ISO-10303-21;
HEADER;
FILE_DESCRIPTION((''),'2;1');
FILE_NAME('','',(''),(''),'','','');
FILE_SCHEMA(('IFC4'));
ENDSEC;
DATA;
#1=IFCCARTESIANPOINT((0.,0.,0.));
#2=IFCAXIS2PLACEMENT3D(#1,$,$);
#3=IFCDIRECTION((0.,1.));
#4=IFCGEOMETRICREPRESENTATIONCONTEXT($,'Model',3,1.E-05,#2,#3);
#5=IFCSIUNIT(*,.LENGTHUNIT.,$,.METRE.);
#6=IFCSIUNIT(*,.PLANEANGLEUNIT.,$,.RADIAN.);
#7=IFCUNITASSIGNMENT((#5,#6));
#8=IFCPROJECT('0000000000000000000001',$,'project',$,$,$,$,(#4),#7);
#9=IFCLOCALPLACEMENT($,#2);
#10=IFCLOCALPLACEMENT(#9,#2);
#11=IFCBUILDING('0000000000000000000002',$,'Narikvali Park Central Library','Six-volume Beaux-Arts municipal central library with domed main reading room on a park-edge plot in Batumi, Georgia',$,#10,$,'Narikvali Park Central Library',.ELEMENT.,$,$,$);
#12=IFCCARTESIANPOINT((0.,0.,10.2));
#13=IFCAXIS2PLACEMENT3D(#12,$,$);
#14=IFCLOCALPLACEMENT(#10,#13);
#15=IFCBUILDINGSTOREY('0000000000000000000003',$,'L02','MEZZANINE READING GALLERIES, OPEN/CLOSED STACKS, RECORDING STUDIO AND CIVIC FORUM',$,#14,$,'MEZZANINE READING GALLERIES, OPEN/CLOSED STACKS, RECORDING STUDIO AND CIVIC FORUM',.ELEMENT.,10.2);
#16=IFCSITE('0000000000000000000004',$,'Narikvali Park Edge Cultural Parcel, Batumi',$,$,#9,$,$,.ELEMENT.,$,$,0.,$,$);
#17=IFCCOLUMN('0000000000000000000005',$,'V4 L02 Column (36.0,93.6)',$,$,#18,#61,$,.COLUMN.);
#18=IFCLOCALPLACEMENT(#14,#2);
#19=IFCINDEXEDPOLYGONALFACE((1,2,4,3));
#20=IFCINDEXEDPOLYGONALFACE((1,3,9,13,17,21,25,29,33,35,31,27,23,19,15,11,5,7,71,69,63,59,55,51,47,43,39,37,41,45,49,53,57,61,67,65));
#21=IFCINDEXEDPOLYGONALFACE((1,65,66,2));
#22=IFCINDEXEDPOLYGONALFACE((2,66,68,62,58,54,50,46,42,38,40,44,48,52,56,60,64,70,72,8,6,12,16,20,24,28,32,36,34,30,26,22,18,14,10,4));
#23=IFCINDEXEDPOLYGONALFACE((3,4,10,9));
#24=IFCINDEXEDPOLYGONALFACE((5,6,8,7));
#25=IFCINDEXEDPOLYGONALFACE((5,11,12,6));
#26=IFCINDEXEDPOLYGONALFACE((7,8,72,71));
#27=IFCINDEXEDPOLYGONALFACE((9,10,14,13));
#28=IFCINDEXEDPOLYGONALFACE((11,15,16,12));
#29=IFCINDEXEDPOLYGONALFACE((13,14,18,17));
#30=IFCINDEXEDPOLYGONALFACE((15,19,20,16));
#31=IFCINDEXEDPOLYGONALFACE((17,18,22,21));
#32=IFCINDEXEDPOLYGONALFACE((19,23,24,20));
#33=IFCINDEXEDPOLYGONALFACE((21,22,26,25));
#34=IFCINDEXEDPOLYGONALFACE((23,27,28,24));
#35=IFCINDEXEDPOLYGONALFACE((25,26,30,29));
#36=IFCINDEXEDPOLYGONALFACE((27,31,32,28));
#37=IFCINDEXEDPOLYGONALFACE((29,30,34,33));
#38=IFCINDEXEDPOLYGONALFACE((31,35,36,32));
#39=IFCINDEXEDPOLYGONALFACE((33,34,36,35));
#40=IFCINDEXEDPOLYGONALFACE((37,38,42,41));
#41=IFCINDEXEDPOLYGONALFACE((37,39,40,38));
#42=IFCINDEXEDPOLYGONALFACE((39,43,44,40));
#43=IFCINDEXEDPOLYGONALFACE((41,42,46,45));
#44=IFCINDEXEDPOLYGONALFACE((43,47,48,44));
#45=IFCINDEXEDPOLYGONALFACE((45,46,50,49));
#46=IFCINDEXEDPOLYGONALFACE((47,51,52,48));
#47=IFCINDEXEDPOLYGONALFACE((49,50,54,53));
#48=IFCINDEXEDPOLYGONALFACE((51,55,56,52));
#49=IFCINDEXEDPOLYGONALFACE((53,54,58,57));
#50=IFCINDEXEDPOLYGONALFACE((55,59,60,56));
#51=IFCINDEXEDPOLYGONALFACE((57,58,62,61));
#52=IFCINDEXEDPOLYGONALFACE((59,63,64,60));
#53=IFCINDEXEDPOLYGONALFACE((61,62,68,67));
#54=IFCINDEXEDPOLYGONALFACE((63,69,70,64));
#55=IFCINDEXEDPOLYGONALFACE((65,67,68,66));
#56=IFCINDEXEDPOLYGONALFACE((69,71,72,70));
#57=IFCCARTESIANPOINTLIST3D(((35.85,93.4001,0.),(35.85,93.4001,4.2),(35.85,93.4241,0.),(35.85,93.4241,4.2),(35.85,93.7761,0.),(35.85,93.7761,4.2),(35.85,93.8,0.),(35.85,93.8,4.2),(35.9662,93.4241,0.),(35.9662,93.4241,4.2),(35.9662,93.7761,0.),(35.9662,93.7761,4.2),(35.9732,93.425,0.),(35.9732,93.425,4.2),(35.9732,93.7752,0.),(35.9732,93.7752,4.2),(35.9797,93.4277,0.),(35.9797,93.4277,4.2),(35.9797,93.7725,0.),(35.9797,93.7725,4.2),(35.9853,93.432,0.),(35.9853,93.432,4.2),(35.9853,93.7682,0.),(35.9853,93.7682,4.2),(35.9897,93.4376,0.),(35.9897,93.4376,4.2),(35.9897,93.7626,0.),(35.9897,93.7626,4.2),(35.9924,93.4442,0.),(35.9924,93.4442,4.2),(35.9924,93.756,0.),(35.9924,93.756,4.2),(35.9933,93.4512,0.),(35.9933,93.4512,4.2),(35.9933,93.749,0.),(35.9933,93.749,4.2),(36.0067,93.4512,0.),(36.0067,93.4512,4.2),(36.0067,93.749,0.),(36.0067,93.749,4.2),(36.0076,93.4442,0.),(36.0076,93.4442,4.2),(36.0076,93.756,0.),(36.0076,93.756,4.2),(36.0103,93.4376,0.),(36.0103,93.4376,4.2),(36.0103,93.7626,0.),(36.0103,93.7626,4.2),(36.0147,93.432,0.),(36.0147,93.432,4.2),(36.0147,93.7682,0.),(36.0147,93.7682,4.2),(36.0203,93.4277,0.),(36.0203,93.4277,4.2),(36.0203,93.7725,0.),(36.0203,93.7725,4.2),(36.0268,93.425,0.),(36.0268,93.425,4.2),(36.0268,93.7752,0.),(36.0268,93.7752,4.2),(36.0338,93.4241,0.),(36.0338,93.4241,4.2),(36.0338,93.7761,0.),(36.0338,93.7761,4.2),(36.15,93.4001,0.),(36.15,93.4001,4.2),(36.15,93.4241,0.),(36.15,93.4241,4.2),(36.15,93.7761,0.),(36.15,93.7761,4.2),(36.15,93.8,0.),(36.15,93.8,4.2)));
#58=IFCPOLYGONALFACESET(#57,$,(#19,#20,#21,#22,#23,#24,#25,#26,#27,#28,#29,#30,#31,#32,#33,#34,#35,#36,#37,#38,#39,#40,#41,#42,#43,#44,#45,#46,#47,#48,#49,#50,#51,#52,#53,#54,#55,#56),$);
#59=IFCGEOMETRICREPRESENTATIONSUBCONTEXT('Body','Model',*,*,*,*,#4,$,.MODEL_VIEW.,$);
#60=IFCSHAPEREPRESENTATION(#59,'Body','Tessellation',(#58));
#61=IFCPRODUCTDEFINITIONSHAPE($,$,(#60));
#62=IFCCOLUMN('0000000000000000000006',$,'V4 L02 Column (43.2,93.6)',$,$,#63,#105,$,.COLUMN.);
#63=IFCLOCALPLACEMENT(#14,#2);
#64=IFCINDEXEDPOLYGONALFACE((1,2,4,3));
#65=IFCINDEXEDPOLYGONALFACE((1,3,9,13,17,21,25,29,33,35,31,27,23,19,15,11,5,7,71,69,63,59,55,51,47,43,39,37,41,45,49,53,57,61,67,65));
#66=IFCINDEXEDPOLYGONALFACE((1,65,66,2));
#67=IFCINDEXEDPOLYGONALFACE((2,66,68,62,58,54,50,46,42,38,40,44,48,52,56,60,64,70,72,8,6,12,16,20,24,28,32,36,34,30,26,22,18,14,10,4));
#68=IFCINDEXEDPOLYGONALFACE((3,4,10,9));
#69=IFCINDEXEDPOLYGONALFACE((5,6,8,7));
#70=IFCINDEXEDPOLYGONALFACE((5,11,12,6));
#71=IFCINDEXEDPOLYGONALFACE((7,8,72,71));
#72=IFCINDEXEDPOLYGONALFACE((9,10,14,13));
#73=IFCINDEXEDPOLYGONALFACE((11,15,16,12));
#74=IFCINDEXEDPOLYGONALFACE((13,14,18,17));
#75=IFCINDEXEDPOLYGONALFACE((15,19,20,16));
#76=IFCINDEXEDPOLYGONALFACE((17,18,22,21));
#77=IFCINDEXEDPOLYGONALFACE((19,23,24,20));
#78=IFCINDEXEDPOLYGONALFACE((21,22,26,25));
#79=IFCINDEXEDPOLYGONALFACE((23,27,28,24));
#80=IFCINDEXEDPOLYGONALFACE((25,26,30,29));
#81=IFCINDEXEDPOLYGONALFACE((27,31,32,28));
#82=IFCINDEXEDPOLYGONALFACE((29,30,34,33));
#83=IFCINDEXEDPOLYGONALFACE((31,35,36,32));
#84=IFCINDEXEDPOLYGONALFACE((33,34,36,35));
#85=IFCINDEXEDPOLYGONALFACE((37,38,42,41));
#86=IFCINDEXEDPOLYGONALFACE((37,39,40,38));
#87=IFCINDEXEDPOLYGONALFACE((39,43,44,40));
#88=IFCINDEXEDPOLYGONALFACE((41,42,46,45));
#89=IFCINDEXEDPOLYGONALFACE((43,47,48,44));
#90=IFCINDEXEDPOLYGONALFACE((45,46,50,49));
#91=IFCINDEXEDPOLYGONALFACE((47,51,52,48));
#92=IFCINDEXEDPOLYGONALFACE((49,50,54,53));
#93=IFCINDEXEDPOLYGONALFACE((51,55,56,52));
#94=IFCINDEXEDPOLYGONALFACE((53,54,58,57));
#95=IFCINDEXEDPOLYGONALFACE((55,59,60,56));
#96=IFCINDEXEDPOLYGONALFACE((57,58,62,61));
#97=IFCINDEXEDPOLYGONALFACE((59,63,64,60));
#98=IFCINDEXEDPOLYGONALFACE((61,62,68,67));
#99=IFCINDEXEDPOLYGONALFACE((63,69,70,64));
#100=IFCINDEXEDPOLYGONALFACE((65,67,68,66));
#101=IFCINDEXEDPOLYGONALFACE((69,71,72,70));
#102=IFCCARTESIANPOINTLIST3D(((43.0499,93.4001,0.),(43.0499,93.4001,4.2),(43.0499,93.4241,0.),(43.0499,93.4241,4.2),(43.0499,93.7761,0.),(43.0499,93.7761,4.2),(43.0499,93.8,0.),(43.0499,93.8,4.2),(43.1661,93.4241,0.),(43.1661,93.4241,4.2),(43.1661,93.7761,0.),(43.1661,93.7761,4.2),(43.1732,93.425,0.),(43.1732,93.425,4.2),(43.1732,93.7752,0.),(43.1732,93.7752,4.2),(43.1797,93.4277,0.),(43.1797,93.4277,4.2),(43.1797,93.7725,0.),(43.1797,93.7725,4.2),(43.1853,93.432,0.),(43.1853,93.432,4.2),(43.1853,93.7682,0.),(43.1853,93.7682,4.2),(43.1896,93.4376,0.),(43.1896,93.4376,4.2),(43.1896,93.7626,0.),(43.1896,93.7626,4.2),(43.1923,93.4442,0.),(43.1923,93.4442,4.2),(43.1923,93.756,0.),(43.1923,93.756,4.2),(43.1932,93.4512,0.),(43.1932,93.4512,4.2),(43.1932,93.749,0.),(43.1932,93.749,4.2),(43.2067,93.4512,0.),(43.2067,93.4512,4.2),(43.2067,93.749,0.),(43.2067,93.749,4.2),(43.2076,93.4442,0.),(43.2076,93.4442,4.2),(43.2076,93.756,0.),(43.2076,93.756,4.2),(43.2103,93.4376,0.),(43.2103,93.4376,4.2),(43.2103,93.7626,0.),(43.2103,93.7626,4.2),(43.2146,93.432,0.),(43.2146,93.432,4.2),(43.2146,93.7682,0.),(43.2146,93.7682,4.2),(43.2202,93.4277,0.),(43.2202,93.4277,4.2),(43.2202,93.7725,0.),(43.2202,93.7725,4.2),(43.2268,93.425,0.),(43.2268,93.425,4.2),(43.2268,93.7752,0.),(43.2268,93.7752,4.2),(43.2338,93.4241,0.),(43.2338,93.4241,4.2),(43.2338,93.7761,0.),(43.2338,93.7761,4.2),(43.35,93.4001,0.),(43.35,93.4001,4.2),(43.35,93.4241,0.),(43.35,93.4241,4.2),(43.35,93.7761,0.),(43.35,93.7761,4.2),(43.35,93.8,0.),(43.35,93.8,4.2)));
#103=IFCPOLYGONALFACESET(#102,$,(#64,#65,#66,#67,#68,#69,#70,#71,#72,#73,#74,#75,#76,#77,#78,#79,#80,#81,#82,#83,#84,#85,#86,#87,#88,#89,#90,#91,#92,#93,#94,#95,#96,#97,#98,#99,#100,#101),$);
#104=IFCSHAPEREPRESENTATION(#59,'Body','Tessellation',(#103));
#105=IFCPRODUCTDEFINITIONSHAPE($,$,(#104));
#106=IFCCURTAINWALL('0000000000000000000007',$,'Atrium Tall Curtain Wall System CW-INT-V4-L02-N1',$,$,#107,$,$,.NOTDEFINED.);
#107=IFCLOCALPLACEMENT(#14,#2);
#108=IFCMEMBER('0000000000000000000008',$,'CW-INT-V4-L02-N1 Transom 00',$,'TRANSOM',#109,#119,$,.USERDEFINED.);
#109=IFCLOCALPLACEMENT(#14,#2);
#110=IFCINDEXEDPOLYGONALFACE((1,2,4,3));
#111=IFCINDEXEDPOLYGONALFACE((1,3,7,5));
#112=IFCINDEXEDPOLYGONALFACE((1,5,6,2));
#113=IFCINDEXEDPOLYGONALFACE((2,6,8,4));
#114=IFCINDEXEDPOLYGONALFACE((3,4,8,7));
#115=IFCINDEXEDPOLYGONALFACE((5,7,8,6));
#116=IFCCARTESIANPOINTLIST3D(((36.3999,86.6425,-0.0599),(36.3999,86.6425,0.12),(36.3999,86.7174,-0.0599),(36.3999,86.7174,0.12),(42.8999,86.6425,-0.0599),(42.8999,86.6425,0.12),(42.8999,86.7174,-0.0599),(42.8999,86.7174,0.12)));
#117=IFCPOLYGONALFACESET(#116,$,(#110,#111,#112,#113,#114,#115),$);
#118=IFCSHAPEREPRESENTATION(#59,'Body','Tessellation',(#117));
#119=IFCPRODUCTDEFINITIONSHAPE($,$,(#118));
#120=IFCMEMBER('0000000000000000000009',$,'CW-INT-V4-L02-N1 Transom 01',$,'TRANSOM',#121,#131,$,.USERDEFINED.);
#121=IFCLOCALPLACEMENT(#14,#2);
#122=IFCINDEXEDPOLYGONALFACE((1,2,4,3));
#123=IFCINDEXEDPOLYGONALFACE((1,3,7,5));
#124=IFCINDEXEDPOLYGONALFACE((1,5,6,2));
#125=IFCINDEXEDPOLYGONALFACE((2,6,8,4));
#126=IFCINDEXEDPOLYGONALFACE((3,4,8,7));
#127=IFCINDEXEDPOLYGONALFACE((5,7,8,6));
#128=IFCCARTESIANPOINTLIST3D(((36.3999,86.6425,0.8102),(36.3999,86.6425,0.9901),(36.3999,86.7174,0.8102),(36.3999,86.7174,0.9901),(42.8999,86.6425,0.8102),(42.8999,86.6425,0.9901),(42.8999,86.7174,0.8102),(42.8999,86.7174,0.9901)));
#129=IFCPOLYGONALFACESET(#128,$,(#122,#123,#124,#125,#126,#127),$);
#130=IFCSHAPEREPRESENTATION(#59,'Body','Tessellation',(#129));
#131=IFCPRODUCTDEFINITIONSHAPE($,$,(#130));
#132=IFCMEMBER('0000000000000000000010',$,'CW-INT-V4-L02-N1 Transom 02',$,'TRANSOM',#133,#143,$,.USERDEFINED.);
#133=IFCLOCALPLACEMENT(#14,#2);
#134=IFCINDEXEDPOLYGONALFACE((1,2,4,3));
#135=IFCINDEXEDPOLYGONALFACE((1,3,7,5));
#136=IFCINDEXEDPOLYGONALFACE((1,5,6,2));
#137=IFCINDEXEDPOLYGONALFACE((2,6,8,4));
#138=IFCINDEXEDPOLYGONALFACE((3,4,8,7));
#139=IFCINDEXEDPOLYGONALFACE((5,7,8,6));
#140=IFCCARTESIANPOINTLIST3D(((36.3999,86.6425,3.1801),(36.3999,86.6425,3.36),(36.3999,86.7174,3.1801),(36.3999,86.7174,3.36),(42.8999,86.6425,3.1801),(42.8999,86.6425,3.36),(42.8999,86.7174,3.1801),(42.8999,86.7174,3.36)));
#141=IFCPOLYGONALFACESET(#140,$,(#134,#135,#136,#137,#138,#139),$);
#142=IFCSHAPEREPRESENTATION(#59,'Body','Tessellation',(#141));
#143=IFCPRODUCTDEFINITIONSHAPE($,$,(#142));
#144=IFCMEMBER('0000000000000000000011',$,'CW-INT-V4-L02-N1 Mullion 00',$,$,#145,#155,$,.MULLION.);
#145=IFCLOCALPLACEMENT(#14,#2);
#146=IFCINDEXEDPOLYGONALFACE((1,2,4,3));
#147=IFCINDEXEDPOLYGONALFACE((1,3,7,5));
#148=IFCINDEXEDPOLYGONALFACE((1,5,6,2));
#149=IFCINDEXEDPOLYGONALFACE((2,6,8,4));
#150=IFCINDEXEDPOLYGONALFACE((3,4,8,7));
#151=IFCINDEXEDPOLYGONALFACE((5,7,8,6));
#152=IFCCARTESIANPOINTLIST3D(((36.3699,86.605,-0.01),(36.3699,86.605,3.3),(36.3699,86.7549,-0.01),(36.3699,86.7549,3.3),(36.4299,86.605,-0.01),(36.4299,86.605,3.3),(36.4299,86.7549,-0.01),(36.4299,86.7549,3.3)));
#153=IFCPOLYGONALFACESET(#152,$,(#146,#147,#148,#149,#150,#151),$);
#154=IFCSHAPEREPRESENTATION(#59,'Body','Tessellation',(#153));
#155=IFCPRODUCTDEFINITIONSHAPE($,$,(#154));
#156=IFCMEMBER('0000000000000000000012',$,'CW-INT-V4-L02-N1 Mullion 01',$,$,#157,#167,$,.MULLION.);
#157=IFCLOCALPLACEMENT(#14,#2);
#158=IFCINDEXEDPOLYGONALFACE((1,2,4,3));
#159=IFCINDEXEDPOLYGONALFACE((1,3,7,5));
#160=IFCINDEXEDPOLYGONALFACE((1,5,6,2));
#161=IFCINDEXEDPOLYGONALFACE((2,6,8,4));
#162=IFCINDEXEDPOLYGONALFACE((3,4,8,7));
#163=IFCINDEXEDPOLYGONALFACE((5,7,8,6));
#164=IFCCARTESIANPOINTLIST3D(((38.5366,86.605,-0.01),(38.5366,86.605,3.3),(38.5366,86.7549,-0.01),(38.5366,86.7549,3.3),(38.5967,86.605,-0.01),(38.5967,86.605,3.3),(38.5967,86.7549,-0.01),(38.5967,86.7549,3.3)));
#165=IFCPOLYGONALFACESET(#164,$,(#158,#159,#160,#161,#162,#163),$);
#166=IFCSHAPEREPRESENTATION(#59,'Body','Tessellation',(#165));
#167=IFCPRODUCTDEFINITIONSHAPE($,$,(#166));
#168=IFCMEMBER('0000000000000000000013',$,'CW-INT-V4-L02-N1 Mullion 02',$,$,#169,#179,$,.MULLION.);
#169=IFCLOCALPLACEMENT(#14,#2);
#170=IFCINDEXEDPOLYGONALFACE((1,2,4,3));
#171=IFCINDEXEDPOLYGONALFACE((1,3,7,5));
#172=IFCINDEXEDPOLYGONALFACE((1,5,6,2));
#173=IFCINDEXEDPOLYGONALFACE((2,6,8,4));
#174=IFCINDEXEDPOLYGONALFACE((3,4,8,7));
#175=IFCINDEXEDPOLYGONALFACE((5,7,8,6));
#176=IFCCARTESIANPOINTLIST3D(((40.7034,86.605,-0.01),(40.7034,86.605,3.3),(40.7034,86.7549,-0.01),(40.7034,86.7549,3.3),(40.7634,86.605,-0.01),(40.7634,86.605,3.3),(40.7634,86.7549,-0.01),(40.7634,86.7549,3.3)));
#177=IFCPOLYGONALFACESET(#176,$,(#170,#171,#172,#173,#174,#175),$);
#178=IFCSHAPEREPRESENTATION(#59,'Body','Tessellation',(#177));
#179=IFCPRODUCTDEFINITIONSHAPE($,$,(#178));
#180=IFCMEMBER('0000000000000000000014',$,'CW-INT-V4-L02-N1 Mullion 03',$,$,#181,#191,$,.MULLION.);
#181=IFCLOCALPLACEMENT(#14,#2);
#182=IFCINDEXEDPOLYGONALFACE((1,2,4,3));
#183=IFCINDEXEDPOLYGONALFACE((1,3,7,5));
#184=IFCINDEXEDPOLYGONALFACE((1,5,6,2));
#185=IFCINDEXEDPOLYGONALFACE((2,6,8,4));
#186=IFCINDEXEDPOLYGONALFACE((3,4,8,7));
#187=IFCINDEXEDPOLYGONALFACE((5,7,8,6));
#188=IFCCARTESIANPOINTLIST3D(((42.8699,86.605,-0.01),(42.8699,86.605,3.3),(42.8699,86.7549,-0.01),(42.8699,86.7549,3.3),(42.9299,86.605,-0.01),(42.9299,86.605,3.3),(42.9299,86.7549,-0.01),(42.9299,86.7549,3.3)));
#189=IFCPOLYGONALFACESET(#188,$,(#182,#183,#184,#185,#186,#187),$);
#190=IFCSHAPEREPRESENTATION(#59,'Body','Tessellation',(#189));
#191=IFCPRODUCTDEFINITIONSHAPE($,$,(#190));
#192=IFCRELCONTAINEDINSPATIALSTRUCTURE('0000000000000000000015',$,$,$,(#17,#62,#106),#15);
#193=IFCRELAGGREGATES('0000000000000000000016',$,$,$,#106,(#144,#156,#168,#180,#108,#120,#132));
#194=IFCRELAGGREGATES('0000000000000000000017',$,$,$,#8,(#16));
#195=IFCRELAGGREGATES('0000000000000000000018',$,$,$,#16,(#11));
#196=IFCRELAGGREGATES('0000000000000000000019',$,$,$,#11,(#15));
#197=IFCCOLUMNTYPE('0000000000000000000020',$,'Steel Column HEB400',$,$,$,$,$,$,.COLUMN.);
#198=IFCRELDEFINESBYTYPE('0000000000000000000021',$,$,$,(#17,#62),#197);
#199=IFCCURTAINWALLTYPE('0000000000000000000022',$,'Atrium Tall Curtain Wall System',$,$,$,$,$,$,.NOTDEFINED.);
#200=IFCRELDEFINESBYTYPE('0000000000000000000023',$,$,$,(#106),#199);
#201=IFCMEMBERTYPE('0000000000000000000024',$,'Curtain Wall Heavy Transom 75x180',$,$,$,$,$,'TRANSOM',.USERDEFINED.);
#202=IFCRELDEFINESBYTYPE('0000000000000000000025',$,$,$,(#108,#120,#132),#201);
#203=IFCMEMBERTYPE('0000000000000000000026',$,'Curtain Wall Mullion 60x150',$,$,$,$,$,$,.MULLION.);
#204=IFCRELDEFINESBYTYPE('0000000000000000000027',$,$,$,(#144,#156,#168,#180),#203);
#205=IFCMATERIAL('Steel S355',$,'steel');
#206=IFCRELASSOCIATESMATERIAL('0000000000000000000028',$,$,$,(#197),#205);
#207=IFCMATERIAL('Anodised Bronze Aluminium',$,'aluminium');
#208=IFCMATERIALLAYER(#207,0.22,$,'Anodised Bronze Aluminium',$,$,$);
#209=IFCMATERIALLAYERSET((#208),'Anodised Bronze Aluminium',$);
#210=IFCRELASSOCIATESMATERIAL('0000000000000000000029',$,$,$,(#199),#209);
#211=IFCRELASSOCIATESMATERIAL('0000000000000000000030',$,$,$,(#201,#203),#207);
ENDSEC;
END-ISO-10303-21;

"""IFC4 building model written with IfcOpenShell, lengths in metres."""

from ifc_helpers import new_model, si_unit, direction, frame, origin, origin_2d, place, context, subcontext, project, spatial, rectangle, i_section, extrude, material, layer, layer_set, material_profile, profile_set, type_object, element, aggregate, save


model = new_model("IFC4")

# Units and contexts
model_context = context("Model", 3, precision=1e-05, world=origin(), true_north=direction((0.0, 1.0)))
body_context = subcontext(model_context, "Body", "Model", "MODEL_VIEW")
ifc_project = project(units=[si_unit("LENGTHUNIT", "METRE"), si_unit("PLANEANGLEUNIT", "RADIAN")], contexts=[model_context])

# Site, building, storey
site_placement = place(None, origin())
site = spatial("IfcSite", under=ifc_project, at=site_placement, Name="Narikvali Park Edge Cultural Parcel, Batumi", CompositionType="ELEMENT", RefElevation=0.0)
building_placement = place(site_placement, origin())
building = spatial("IfcBuilding", under=site, at=building_placement, Name="Narikvali Park Central Library", Description="Six-volume Beaux-Arts municipal central library with domed main reading room on a park-edge plot in Batumi, Georgia", LongName="Narikvali Park Central Library", CompositionType="ELEMENT")
storey_placement = place(building_placement, frame((0.0, 0.0, 10.2)))
storey = spatial("IfcBuildingStorey", under=building, at=storey_placement, Name="L02", Description="MEZZANINE READING GALLERIES, OPEN/CLOSED STACKS, RECORDING STUDIO AND CIVIC FORUM", LongName="MEZZANINE READING GALLERIES, OPEN/CLOSED STACKS, RECORDING STUDIO AND CIVIC FORUM", CompositionType="ELEMENT", Elevation=10.2)

# Columns
ifc_material_1 = material(Name="Steel S355", Category="steel")
ifc_material_profile_1 = material_profile(ifc_material_1, i_section(OverallWidth=0.3, OverallDepth=0.3999, WebThickness=0.0134, FlangeThickness=0.0239, FilletRadius=0.0271, at=origin_2d()), Name="HEB 400")
ifc_profile_set_1 = profile_set([ifc_material_profile_1], Name="Steel S355")
column_type = type_object("IfcColumnType", Name="Steel Column HEB400", PredefinedType="COLUMN", material=ifc_profile_set_1)
for number, where, z_axis, x_axis, name in (
    (1, (36.0, 93.6001, 0.0), (0.0, 0.0, 1.0), (1.0, 0.0, 0.0), "V4 L02 Column (36.0,93.6)"),
    (2, (43.2, 93.6001, 0.0), (0.0, 0.0, 1.0), (1.0, 0.0, 0.0), "V4 L02 Column (43.2,93.6)"),
):
    element("IfcColumn", number, at=place(storey_placement, frame(where, z_axis=z_axis, x_axis=x_axis)), inside=storey, type_object=column_type, Name=name, PredefinedType="COLUMN", context=body_context, shape_type="SweptSolid", body=[
        extrude(i_section(OverallWidth=0.3, OverallDepth=0.3999, WebThickness=0.0134, FlangeThickness=0.0239, FilletRadius=0.0271, at=origin_2d()), origin(), (0.0, 0.0, 1.0), 4.2),
    ])

# Curtain wall, members
ifc_material_2 = material(Name="Anodised Bronze Aluminium", Category="aluminium")
ifc_layer_1 = layer(ifc_material_2, 0.22, Name="Anodised Bronze Aluminium")
ifc_layer_set_1 = layer_set([ifc_layer_1], Name="Anodised Bronze Aluminium")
curtain_wall_type = type_object("IfcCurtainWallType", Name="Atrium Tall Curtain Wall System", PredefinedType="NOTDEFINED", material=ifc_layer_set_1)
curtain_wall_placement = place(storey_placement, origin())
curtain_wall = element("IfcCurtainWall", 3, at=curtain_wall_placement, inside=storey, type_object=curtain_wall_type, Name="Atrium Tall Curtain Wall System CW-INT-V4-L02-N1", PredefinedType="NOTDEFINED")
ifc_material_profile_2 = material_profile(ifc_material_2, rectangle(XDim=0.075, YDim=0.1799, at=origin_2d()), Name="CW TRANSOM 75x180")
ifc_profile_set_2 = profile_set([ifc_material_profile_2], Name="Anodised Bronze Aluminium")
member_type_1 = type_object("IfcMemberType", Name="Curtain Wall Heavy Transom 75x180", ElementType="TRANSOM", PredefinedType="USERDEFINED", material=ifc_profile_set_2)
member_1_placement = place(storey_placement, frame((36.3999, 86.6799, 0.03), z_axis=(1.0, 0.0, 0.0), x_axis=(0.0, 1.0, 0.0)))
member_1 = element("IfcMember", 4, at=member_1_placement, type_object=member_type_1, Name="CW-INT-V4-L02-N1 Transom 00", ObjectType="TRANSOM", PredefinedType="USERDEFINED", context=body_context, shape_type="SweptSolid", body=[
    extrude(rectangle(XDim=0.075, YDim=0.1799, at=origin_2d()), origin(), (0.0, 0.0, 1.0), 6.5),
])
member_2_placement = place(storey_placement, frame((36.3999, 86.6799, 0.9001), z_axis=(1.0, 0.0, 0.0), x_axis=(0.0, 1.0, 0.0)))
member_2 = element("IfcMember", 5, at=member_2_placement, type_object=member_type_1, Name="CW-INT-V4-L02-N1 Transom 01", ObjectType="TRANSOM", PredefinedType="USERDEFINED", context=body_context, shape_type="SweptSolid", body=[
    extrude(rectangle(XDim=0.075, YDim=0.1799, at=origin_2d()), origin(), (0.0, 0.0, 1.0), 6.5),
])
member_3_placement = place(storey_placement, frame((36.3999, 86.6799, 3.27), z_axis=(1.0, 0.0, 0.0), x_axis=(0.0, 1.0, 0.0)))
member_3 = element("IfcMember", 6, at=member_3_placement, type_object=member_type_1, Name="CW-INT-V4-L02-N1 Transom 02", ObjectType="TRANSOM", PredefinedType="USERDEFINED", context=body_context, shape_type="SweptSolid", body=[
    extrude(rectangle(XDim=0.075, YDim=0.1799, at=origin_2d()), origin(), (0.0, 0.0, 1.0), 6.5),
])
ifc_material_profile_3 = material_profile(ifc_material_2, rectangle(XDim=0.0601, YDim=0.1499, at=origin_2d()), Name="CW MULLION 60x150")
ifc_profile_set_3 = profile_set([ifc_material_profile_3], Name="Anodised Bronze Aluminium")
member_type_2 = type_object("IfcMemberType", Name="Curtain Wall Mullion 60x150", PredefinedType="MULLION", material=ifc_profile_set_3)
member_4_placement = place(storey_placement, frame((36.3999, 86.6799, -0.01), z_axis=(0.0, 0.0, 1.0), x_axis=(1.0, 0.0, 0.0)))
member_4 = element("IfcMember", 7, at=member_4_placement, type_object=member_type_2, Name="CW-INT-V4-L02-N1 Mullion 00", PredefinedType="MULLION", context=body_context, shape_type="SweptSolid", body=[
    extrude(rectangle(XDim=0.0601, YDim=0.1499, at=origin_2d()), origin(), (0.0, 0.0, 1.0), 3.3101),
])
member_5_placement = place(storey_placement, frame((38.5667, 86.6799, -0.01), z_axis=(0.0, 0.0, 1.0), x_axis=(1.0, 0.0, 0.0)))
member_5 = element("IfcMember", 8, at=member_5_placement, type_object=member_type_2, Name="CW-INT-V4-L02-N1 Mullion 01", PredefinedType="MULLION", context=body_context, shape_type="SweptSolid", body=[
    extrude(rectangle(XDim=0.0601, YDim=0.1499, at=origin_2d()), origin(), (0.0, 0.0, 1.0), 3.3101),
])
member_6_placement = place(storey_placement, frame((40.7334, 86.6799, -0.01), z_axis=(0.0, 0.0, 1.0), x_axis=(1.0, 0.0, 0.0)))
member_6 = element("IfcMember", 9, at=member_6_placement, type_object=member_type_2, Name="CW-INT-V4-L02-N1 Mullion 02", PredefinedType="MULLION", context=body_context, shape_type="SweptSolid", body=[
    extrude(rectangle(XDim=0.0601, YDim=0.1499, at=origin_2d()), origin(), (0.0, 0.0, 1.0), 3.3101),
])
member_7_placement = place(storey_placement, frame((42.8999, 86.6799, -0.01), z_axis=(0.0, 0.0, 1.0), x_axis=(1.0, 0.0, 0.0)))
member_7 = element("IfcMember", 10, at=member_7_placement, type_object=member_type_2, Name="CW-INT-V4-L02-N1 Mullion 03", PredefinedType="MULLION", context=body_context, shape_type="SweptSolid", body=[
    extrude(rectangle(XDim=0.0601, YDim=0.1499, at=origin_2d()), origin(), (0.0, 0.0, 1.0), 3.3101),
])

aggregate(curtain_wall, [member_4, member_5, member_6, member_7, member_1, member_2, member_3])

save(model, "model.ifc")
